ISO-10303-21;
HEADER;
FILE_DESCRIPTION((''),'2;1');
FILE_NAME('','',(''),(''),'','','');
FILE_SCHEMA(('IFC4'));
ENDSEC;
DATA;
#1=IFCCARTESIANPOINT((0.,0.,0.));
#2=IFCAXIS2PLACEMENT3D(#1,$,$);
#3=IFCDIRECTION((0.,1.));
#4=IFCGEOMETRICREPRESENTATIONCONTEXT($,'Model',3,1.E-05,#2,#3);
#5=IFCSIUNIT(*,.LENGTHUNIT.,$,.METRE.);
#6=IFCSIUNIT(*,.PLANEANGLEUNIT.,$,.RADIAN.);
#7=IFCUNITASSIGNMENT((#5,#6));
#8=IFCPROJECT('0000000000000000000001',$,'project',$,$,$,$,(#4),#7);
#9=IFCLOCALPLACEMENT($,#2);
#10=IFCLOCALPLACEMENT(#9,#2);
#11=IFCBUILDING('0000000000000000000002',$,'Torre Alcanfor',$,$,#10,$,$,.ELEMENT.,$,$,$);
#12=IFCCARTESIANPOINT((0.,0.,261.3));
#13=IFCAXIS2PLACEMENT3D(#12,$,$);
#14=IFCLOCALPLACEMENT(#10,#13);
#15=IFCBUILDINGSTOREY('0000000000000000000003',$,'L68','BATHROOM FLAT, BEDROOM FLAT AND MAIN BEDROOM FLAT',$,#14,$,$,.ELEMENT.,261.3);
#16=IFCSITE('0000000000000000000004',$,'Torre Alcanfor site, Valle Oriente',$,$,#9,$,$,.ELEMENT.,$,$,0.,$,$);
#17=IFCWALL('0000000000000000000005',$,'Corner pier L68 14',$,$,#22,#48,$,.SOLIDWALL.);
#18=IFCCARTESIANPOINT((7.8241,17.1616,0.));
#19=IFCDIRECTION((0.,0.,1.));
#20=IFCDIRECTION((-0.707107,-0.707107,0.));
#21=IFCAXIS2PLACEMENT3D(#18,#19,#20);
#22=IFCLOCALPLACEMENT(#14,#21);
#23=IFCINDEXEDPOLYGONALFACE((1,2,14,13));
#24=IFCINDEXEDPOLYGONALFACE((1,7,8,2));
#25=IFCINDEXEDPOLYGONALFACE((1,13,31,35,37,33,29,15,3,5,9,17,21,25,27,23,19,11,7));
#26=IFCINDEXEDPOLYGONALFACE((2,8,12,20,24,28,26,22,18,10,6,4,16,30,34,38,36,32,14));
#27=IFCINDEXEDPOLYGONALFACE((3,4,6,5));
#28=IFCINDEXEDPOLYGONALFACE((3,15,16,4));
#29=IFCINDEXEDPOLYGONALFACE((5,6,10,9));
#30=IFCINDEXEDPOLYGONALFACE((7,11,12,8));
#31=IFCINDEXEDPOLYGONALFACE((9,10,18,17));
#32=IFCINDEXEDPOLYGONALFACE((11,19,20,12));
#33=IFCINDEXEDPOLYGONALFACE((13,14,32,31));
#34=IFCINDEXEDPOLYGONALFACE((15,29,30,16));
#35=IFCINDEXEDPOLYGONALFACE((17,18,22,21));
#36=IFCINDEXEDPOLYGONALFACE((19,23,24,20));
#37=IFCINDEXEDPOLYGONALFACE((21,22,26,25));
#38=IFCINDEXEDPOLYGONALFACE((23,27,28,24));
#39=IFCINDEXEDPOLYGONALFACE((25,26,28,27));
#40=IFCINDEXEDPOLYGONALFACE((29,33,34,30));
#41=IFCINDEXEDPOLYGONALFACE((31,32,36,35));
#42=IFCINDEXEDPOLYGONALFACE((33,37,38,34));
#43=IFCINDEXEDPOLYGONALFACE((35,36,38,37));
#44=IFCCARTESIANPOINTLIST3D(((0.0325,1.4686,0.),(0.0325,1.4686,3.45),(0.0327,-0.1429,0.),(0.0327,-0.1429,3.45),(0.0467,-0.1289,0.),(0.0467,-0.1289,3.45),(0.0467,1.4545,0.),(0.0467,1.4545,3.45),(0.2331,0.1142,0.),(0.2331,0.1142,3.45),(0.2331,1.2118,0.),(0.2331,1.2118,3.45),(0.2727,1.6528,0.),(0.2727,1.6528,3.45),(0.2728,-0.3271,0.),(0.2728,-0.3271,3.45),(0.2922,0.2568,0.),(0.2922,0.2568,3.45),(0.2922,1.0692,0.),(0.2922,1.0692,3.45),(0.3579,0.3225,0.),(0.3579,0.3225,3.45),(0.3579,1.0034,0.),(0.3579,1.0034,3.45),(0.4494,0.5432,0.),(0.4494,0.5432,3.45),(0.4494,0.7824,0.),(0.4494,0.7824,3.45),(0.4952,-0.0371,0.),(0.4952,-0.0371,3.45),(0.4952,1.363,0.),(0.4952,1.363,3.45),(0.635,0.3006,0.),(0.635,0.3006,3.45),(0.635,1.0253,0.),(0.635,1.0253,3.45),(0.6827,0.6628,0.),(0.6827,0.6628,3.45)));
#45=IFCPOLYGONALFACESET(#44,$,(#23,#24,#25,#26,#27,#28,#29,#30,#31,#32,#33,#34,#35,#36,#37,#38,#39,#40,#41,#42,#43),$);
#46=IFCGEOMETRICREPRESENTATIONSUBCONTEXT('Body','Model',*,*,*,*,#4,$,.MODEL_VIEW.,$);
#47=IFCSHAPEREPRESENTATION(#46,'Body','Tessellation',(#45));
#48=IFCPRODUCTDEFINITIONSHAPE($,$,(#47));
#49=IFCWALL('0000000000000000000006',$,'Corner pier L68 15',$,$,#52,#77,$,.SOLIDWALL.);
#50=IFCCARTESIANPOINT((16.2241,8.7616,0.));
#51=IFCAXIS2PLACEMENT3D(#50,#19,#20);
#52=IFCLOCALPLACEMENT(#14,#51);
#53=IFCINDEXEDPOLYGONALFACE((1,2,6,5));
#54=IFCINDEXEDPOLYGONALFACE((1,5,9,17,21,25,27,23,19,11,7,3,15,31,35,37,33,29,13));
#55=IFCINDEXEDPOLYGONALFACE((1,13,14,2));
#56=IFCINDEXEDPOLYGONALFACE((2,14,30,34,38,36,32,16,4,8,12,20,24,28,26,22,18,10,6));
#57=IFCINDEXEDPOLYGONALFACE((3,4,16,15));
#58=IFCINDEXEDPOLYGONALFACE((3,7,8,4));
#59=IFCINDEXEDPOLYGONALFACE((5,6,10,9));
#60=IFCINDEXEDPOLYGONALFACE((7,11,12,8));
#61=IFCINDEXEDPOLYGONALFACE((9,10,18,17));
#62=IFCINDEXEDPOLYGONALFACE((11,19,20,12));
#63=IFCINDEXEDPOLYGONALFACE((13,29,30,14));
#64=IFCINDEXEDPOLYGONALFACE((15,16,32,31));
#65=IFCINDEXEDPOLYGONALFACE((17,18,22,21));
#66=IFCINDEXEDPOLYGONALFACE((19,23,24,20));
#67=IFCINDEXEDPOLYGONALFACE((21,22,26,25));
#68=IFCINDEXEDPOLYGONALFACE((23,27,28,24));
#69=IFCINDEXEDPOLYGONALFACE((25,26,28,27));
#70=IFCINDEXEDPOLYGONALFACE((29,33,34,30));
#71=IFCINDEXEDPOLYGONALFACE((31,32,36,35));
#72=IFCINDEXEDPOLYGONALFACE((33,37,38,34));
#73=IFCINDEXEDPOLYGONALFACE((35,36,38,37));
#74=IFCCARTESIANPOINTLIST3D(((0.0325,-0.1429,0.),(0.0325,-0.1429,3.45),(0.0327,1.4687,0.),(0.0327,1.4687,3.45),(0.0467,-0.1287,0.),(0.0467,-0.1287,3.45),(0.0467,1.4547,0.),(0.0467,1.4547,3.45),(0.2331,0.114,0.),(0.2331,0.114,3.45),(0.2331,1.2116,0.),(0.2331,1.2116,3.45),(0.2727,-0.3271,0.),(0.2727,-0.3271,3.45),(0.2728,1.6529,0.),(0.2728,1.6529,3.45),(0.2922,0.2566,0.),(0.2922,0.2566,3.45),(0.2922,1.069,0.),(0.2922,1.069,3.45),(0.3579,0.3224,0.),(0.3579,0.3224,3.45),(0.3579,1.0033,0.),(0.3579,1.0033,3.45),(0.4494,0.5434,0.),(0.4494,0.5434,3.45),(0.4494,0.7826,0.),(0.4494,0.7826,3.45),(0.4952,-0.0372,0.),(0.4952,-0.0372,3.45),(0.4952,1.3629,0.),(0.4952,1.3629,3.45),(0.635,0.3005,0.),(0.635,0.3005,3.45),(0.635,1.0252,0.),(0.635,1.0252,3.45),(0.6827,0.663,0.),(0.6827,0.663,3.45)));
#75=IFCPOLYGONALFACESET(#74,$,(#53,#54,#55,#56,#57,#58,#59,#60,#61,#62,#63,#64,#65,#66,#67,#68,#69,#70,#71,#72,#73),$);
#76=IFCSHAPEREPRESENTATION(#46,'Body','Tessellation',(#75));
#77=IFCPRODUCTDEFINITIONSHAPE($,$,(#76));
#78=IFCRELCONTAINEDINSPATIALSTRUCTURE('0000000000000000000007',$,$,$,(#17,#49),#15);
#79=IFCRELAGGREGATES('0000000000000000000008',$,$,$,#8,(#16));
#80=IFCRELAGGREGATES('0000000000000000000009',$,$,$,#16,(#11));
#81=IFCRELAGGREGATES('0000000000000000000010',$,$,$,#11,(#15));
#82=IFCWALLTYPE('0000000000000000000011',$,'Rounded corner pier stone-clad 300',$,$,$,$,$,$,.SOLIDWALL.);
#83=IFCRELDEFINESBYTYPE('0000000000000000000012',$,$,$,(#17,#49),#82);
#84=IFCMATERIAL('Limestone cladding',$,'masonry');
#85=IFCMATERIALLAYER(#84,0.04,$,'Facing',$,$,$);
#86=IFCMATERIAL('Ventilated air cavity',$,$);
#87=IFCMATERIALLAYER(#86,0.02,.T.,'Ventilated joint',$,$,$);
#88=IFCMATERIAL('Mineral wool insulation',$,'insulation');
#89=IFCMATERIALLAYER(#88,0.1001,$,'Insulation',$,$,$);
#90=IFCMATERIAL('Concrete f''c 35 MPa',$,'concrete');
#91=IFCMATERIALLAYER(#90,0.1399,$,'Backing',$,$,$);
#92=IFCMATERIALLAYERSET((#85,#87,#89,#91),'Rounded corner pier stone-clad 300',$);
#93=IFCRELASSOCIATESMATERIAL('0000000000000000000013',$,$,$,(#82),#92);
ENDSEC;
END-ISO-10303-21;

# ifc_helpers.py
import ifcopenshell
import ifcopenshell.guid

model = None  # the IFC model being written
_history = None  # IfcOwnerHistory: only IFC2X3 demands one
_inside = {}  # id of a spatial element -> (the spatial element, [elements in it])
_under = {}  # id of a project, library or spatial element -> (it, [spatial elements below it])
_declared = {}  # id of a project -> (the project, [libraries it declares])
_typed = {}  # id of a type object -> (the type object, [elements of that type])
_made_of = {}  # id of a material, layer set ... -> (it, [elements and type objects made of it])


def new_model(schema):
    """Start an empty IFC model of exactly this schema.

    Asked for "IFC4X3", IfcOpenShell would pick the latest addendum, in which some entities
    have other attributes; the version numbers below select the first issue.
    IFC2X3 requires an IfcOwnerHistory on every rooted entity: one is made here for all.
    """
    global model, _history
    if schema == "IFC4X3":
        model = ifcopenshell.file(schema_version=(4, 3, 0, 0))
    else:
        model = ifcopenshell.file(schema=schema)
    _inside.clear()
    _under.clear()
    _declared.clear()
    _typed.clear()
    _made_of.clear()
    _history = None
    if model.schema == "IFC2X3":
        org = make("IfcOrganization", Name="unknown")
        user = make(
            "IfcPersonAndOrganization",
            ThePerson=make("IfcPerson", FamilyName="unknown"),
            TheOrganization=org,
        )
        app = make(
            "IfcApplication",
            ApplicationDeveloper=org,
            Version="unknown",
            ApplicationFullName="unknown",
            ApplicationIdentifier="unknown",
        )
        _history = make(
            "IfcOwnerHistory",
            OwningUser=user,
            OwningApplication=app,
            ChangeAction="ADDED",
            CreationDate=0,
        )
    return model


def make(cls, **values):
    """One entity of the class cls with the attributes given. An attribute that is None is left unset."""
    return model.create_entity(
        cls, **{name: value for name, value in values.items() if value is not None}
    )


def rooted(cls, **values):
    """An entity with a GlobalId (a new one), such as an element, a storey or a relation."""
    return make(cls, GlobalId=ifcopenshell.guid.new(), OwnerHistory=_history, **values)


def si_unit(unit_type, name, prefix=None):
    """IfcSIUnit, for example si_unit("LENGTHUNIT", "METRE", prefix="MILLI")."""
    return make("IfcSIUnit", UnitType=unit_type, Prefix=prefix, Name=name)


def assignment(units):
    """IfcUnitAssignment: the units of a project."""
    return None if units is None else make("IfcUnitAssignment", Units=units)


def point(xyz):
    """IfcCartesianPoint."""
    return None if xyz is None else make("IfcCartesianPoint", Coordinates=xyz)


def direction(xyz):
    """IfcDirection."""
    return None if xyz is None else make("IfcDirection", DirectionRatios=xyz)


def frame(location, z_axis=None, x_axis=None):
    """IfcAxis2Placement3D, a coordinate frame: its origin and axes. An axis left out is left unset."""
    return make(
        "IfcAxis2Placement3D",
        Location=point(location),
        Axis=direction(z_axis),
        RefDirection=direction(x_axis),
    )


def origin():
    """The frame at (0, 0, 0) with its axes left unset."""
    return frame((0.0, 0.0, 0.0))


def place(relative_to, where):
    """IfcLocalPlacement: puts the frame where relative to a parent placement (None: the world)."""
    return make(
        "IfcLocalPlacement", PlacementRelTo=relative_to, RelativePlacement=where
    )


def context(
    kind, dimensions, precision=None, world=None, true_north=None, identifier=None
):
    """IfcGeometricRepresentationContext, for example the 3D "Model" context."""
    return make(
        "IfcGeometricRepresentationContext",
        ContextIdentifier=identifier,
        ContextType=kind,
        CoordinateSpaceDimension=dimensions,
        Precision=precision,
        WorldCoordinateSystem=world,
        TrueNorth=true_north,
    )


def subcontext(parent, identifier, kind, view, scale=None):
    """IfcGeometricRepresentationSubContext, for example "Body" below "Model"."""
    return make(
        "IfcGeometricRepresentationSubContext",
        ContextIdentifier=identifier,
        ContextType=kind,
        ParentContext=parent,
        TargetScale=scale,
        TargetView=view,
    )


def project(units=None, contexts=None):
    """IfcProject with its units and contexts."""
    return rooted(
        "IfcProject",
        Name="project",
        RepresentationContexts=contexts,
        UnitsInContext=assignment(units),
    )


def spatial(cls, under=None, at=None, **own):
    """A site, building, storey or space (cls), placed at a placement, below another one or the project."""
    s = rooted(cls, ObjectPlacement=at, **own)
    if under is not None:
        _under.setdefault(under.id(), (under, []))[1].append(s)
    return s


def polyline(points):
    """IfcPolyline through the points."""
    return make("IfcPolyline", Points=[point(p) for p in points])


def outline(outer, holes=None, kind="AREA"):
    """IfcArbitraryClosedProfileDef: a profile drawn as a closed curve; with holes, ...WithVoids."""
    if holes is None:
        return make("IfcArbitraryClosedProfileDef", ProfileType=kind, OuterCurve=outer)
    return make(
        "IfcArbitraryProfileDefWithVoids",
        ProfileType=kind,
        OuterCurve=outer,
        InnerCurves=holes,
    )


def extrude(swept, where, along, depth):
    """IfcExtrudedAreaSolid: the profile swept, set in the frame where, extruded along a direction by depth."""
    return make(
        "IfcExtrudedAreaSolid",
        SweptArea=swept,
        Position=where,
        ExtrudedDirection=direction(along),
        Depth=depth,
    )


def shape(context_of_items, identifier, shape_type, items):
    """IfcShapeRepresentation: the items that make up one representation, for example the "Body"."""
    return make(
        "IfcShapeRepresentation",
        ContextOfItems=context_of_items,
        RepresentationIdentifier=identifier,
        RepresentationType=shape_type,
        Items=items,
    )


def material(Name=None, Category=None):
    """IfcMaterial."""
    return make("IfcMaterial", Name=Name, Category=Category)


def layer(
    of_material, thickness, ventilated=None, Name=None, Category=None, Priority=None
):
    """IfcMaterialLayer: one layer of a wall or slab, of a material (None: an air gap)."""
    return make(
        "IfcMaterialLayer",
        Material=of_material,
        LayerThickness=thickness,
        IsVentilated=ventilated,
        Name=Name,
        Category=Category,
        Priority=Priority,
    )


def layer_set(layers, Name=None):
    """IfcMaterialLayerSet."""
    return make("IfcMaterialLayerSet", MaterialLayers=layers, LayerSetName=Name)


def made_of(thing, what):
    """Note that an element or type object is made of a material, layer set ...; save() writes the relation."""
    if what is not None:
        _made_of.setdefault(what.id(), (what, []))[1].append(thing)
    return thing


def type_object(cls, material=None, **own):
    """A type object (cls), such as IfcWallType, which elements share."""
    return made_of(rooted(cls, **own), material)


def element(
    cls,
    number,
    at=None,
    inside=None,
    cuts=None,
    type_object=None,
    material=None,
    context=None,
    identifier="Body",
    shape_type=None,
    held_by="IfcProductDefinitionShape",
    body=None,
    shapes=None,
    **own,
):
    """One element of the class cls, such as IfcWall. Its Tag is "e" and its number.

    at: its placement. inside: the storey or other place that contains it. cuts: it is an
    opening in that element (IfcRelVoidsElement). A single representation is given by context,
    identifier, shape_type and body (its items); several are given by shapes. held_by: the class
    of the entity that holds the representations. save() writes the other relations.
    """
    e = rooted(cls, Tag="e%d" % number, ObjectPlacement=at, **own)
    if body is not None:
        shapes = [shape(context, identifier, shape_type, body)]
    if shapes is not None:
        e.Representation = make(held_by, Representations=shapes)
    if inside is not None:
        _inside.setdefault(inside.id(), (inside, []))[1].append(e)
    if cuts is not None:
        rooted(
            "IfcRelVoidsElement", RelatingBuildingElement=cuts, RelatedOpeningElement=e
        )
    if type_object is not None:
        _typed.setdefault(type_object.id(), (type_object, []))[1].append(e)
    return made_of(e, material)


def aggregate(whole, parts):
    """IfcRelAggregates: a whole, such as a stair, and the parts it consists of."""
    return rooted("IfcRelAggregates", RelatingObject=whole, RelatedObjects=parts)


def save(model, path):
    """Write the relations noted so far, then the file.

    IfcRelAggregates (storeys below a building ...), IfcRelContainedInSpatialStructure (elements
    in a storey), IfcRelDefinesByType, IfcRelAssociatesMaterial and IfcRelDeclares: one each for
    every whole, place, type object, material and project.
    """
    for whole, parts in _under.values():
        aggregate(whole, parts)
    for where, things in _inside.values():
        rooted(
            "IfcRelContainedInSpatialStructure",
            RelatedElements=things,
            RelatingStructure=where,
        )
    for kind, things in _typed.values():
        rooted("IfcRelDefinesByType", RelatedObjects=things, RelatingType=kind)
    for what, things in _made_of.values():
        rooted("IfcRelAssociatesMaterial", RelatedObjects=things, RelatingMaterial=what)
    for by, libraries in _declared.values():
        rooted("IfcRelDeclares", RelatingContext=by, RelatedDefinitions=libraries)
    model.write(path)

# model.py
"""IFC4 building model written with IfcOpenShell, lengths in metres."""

from ifc_helpers import new_model, si_unit, direction, frame, origin, place, context, subcontext, project, spatial, polyline, outline, extrude, material, layer, layer_set, type_object, element, save


model = new_model("IFC4")

# Units and contexts
model_context = context("Model", 3, precision=1e-05, world=origin(), true_north=direction((0.0, 1.0)))
body_context = subcontext(model_context, "Body", "Model", "MODEL_VIEW")
ifc_project = project(units=[si_unit("LENGTHUNIT", "METRE"), si_unit("PLANEANGLEUNIT", "RADIAN")], contexts=[model_context])

# Site, building, storey
site_placement = place(None, origin())
site = spatial("IfcSite", under=ifc_project, at=site_placement, Name="Torre Alcanfor site, Valle Oriente", CompositionType="ELEMENT", RefElevation=0.0)
building_placement = place(site_placement, origin())
building = spatial("IfcBuilding", under=site, at=building_placement, Name="Torre Alcanfor", CompositionType="ELEMENT")
storey_placement = place(building_placement, frame((0.0, 0.0, 261.3)))
storey = spatial("IfcBuildingStorey", under=building, at=storey_placement, Name="L68", Description="BATHROOM FLAT, BEDROOM FLAT AND MAIN BEDROOM FLAT", CompositionType="ELEMENT", Elevation=261.3)

# Shared definitions
ifc_material_1 = material(Name="Limestone cladding", Category="masonry")
ifc_material_2 = material(Name="Ventilated air cavity")
ifc_material_3 = material(Name="Mineral wool insulation", Category="insulation")
ifc_material_4 = material(Name="Concrete f'c 35 MPa", Category="concrete")

# Walls
ifc_layer_1 = layer(ifc_material_1, 0.04, Name="Facing")
ifc_layer_2 = layer(ifc_material_2, 0.02, ventilated=True, Name="Ventilated joint")
ifc_layer_3 = layer(ifc_material_3, 0.1001, Name="Insulation")
ifc_layer_4 = layer(ifc_material_4, 0.1399, Name="Backing")
ifc_layer_set_1 = layer_set([ifc_layer_1, ifc_layer_2, ifc_layer_3, ifc_layer_4], Name="Rounded corner pier stone-clad 300")
wall_type_1 = type_object("IfcWallType", Name="Rounded corner pier stone-clad 300", PredefinedType="SOLIDWALL", material=ifc_layer_set_1)
wall_1_placement = place(storey_placement, frame((7.8241, 17.1616, 0.0), z_axis=(0.0, 0.0, 1.0), x_axis=(-0.707107, -0.707107, 0.0)))
element("IfcWall", 1, at=wall_1_placement, inside=storey, type_object=wall_type_1, Name="Corner pier L68 14", PredefinedType="SOLIDWALL", context=body_context, shape_type="SweptSolid", body=[
    extrude(outline(polyline([(0.0467, 1.4545), (0.2331, 1.2118), (0.2922, 1.0692), (0.3579, 1.0034), (0.4494, 0.7824), (0.4494, 0.5432), (0.3579, 0.3225), (0.2922, 0.2568), (0.2331, 0.1142), (0.0467, -0.1289), (0.0327, -0.1429), (0.2728, -0.3271), (0.4952, -0.0371), (0.635, 0.3006), (0.6827, 0.6628), (0.635, 1.0253), (0.4952, 1.363), (0.2727, 1.6528), (0.0325, 1.4686), (0.0467, 1.4545)])), origin(), (0.0, 0.0, 1.0), 3.45),
])
wall_2_placement = place(storey_placement, frame((16.2241, 8.7616, 0.0), z_axis=(0.0, 0.0, 1.0), x_axis=(-0.707107, -0.707107, 0.0)))
element("IfcWall", 2, at=wall_2_placement, inside=storey, type_object=wall_type_1, Name="Corner pier L68 15", PredefinedType="SOLIDWALL", context=body_context, shape_type="SweptSolid", body=[
    extrude(outline(polyline([(0.0327, 1.4687), (0.0467, 1.4547), (0.2331, 1.2116), (0.2922, 1.069), (0.3579, 1.0033), (0.4494, 0.7826), (0.4494, 0.5434), (0.3579, 0.3224), (0.2922, 0.2566), (0.2331, 0.114), (0.0467, -0.1287), (0.0325, -0.1429), (0.2727, -0.3271), (0.4952, -0.0372), (0.635, 0.3005), (0.6827, 0.663), (0.635, 1.0252), (0.4952, 1.3629), (0.2728, 1.6529), (0.0327, 1.4687)])), origin(), (0.0, 0.0, 1.0), 3.45),
])

save(model, "model.ifc")
